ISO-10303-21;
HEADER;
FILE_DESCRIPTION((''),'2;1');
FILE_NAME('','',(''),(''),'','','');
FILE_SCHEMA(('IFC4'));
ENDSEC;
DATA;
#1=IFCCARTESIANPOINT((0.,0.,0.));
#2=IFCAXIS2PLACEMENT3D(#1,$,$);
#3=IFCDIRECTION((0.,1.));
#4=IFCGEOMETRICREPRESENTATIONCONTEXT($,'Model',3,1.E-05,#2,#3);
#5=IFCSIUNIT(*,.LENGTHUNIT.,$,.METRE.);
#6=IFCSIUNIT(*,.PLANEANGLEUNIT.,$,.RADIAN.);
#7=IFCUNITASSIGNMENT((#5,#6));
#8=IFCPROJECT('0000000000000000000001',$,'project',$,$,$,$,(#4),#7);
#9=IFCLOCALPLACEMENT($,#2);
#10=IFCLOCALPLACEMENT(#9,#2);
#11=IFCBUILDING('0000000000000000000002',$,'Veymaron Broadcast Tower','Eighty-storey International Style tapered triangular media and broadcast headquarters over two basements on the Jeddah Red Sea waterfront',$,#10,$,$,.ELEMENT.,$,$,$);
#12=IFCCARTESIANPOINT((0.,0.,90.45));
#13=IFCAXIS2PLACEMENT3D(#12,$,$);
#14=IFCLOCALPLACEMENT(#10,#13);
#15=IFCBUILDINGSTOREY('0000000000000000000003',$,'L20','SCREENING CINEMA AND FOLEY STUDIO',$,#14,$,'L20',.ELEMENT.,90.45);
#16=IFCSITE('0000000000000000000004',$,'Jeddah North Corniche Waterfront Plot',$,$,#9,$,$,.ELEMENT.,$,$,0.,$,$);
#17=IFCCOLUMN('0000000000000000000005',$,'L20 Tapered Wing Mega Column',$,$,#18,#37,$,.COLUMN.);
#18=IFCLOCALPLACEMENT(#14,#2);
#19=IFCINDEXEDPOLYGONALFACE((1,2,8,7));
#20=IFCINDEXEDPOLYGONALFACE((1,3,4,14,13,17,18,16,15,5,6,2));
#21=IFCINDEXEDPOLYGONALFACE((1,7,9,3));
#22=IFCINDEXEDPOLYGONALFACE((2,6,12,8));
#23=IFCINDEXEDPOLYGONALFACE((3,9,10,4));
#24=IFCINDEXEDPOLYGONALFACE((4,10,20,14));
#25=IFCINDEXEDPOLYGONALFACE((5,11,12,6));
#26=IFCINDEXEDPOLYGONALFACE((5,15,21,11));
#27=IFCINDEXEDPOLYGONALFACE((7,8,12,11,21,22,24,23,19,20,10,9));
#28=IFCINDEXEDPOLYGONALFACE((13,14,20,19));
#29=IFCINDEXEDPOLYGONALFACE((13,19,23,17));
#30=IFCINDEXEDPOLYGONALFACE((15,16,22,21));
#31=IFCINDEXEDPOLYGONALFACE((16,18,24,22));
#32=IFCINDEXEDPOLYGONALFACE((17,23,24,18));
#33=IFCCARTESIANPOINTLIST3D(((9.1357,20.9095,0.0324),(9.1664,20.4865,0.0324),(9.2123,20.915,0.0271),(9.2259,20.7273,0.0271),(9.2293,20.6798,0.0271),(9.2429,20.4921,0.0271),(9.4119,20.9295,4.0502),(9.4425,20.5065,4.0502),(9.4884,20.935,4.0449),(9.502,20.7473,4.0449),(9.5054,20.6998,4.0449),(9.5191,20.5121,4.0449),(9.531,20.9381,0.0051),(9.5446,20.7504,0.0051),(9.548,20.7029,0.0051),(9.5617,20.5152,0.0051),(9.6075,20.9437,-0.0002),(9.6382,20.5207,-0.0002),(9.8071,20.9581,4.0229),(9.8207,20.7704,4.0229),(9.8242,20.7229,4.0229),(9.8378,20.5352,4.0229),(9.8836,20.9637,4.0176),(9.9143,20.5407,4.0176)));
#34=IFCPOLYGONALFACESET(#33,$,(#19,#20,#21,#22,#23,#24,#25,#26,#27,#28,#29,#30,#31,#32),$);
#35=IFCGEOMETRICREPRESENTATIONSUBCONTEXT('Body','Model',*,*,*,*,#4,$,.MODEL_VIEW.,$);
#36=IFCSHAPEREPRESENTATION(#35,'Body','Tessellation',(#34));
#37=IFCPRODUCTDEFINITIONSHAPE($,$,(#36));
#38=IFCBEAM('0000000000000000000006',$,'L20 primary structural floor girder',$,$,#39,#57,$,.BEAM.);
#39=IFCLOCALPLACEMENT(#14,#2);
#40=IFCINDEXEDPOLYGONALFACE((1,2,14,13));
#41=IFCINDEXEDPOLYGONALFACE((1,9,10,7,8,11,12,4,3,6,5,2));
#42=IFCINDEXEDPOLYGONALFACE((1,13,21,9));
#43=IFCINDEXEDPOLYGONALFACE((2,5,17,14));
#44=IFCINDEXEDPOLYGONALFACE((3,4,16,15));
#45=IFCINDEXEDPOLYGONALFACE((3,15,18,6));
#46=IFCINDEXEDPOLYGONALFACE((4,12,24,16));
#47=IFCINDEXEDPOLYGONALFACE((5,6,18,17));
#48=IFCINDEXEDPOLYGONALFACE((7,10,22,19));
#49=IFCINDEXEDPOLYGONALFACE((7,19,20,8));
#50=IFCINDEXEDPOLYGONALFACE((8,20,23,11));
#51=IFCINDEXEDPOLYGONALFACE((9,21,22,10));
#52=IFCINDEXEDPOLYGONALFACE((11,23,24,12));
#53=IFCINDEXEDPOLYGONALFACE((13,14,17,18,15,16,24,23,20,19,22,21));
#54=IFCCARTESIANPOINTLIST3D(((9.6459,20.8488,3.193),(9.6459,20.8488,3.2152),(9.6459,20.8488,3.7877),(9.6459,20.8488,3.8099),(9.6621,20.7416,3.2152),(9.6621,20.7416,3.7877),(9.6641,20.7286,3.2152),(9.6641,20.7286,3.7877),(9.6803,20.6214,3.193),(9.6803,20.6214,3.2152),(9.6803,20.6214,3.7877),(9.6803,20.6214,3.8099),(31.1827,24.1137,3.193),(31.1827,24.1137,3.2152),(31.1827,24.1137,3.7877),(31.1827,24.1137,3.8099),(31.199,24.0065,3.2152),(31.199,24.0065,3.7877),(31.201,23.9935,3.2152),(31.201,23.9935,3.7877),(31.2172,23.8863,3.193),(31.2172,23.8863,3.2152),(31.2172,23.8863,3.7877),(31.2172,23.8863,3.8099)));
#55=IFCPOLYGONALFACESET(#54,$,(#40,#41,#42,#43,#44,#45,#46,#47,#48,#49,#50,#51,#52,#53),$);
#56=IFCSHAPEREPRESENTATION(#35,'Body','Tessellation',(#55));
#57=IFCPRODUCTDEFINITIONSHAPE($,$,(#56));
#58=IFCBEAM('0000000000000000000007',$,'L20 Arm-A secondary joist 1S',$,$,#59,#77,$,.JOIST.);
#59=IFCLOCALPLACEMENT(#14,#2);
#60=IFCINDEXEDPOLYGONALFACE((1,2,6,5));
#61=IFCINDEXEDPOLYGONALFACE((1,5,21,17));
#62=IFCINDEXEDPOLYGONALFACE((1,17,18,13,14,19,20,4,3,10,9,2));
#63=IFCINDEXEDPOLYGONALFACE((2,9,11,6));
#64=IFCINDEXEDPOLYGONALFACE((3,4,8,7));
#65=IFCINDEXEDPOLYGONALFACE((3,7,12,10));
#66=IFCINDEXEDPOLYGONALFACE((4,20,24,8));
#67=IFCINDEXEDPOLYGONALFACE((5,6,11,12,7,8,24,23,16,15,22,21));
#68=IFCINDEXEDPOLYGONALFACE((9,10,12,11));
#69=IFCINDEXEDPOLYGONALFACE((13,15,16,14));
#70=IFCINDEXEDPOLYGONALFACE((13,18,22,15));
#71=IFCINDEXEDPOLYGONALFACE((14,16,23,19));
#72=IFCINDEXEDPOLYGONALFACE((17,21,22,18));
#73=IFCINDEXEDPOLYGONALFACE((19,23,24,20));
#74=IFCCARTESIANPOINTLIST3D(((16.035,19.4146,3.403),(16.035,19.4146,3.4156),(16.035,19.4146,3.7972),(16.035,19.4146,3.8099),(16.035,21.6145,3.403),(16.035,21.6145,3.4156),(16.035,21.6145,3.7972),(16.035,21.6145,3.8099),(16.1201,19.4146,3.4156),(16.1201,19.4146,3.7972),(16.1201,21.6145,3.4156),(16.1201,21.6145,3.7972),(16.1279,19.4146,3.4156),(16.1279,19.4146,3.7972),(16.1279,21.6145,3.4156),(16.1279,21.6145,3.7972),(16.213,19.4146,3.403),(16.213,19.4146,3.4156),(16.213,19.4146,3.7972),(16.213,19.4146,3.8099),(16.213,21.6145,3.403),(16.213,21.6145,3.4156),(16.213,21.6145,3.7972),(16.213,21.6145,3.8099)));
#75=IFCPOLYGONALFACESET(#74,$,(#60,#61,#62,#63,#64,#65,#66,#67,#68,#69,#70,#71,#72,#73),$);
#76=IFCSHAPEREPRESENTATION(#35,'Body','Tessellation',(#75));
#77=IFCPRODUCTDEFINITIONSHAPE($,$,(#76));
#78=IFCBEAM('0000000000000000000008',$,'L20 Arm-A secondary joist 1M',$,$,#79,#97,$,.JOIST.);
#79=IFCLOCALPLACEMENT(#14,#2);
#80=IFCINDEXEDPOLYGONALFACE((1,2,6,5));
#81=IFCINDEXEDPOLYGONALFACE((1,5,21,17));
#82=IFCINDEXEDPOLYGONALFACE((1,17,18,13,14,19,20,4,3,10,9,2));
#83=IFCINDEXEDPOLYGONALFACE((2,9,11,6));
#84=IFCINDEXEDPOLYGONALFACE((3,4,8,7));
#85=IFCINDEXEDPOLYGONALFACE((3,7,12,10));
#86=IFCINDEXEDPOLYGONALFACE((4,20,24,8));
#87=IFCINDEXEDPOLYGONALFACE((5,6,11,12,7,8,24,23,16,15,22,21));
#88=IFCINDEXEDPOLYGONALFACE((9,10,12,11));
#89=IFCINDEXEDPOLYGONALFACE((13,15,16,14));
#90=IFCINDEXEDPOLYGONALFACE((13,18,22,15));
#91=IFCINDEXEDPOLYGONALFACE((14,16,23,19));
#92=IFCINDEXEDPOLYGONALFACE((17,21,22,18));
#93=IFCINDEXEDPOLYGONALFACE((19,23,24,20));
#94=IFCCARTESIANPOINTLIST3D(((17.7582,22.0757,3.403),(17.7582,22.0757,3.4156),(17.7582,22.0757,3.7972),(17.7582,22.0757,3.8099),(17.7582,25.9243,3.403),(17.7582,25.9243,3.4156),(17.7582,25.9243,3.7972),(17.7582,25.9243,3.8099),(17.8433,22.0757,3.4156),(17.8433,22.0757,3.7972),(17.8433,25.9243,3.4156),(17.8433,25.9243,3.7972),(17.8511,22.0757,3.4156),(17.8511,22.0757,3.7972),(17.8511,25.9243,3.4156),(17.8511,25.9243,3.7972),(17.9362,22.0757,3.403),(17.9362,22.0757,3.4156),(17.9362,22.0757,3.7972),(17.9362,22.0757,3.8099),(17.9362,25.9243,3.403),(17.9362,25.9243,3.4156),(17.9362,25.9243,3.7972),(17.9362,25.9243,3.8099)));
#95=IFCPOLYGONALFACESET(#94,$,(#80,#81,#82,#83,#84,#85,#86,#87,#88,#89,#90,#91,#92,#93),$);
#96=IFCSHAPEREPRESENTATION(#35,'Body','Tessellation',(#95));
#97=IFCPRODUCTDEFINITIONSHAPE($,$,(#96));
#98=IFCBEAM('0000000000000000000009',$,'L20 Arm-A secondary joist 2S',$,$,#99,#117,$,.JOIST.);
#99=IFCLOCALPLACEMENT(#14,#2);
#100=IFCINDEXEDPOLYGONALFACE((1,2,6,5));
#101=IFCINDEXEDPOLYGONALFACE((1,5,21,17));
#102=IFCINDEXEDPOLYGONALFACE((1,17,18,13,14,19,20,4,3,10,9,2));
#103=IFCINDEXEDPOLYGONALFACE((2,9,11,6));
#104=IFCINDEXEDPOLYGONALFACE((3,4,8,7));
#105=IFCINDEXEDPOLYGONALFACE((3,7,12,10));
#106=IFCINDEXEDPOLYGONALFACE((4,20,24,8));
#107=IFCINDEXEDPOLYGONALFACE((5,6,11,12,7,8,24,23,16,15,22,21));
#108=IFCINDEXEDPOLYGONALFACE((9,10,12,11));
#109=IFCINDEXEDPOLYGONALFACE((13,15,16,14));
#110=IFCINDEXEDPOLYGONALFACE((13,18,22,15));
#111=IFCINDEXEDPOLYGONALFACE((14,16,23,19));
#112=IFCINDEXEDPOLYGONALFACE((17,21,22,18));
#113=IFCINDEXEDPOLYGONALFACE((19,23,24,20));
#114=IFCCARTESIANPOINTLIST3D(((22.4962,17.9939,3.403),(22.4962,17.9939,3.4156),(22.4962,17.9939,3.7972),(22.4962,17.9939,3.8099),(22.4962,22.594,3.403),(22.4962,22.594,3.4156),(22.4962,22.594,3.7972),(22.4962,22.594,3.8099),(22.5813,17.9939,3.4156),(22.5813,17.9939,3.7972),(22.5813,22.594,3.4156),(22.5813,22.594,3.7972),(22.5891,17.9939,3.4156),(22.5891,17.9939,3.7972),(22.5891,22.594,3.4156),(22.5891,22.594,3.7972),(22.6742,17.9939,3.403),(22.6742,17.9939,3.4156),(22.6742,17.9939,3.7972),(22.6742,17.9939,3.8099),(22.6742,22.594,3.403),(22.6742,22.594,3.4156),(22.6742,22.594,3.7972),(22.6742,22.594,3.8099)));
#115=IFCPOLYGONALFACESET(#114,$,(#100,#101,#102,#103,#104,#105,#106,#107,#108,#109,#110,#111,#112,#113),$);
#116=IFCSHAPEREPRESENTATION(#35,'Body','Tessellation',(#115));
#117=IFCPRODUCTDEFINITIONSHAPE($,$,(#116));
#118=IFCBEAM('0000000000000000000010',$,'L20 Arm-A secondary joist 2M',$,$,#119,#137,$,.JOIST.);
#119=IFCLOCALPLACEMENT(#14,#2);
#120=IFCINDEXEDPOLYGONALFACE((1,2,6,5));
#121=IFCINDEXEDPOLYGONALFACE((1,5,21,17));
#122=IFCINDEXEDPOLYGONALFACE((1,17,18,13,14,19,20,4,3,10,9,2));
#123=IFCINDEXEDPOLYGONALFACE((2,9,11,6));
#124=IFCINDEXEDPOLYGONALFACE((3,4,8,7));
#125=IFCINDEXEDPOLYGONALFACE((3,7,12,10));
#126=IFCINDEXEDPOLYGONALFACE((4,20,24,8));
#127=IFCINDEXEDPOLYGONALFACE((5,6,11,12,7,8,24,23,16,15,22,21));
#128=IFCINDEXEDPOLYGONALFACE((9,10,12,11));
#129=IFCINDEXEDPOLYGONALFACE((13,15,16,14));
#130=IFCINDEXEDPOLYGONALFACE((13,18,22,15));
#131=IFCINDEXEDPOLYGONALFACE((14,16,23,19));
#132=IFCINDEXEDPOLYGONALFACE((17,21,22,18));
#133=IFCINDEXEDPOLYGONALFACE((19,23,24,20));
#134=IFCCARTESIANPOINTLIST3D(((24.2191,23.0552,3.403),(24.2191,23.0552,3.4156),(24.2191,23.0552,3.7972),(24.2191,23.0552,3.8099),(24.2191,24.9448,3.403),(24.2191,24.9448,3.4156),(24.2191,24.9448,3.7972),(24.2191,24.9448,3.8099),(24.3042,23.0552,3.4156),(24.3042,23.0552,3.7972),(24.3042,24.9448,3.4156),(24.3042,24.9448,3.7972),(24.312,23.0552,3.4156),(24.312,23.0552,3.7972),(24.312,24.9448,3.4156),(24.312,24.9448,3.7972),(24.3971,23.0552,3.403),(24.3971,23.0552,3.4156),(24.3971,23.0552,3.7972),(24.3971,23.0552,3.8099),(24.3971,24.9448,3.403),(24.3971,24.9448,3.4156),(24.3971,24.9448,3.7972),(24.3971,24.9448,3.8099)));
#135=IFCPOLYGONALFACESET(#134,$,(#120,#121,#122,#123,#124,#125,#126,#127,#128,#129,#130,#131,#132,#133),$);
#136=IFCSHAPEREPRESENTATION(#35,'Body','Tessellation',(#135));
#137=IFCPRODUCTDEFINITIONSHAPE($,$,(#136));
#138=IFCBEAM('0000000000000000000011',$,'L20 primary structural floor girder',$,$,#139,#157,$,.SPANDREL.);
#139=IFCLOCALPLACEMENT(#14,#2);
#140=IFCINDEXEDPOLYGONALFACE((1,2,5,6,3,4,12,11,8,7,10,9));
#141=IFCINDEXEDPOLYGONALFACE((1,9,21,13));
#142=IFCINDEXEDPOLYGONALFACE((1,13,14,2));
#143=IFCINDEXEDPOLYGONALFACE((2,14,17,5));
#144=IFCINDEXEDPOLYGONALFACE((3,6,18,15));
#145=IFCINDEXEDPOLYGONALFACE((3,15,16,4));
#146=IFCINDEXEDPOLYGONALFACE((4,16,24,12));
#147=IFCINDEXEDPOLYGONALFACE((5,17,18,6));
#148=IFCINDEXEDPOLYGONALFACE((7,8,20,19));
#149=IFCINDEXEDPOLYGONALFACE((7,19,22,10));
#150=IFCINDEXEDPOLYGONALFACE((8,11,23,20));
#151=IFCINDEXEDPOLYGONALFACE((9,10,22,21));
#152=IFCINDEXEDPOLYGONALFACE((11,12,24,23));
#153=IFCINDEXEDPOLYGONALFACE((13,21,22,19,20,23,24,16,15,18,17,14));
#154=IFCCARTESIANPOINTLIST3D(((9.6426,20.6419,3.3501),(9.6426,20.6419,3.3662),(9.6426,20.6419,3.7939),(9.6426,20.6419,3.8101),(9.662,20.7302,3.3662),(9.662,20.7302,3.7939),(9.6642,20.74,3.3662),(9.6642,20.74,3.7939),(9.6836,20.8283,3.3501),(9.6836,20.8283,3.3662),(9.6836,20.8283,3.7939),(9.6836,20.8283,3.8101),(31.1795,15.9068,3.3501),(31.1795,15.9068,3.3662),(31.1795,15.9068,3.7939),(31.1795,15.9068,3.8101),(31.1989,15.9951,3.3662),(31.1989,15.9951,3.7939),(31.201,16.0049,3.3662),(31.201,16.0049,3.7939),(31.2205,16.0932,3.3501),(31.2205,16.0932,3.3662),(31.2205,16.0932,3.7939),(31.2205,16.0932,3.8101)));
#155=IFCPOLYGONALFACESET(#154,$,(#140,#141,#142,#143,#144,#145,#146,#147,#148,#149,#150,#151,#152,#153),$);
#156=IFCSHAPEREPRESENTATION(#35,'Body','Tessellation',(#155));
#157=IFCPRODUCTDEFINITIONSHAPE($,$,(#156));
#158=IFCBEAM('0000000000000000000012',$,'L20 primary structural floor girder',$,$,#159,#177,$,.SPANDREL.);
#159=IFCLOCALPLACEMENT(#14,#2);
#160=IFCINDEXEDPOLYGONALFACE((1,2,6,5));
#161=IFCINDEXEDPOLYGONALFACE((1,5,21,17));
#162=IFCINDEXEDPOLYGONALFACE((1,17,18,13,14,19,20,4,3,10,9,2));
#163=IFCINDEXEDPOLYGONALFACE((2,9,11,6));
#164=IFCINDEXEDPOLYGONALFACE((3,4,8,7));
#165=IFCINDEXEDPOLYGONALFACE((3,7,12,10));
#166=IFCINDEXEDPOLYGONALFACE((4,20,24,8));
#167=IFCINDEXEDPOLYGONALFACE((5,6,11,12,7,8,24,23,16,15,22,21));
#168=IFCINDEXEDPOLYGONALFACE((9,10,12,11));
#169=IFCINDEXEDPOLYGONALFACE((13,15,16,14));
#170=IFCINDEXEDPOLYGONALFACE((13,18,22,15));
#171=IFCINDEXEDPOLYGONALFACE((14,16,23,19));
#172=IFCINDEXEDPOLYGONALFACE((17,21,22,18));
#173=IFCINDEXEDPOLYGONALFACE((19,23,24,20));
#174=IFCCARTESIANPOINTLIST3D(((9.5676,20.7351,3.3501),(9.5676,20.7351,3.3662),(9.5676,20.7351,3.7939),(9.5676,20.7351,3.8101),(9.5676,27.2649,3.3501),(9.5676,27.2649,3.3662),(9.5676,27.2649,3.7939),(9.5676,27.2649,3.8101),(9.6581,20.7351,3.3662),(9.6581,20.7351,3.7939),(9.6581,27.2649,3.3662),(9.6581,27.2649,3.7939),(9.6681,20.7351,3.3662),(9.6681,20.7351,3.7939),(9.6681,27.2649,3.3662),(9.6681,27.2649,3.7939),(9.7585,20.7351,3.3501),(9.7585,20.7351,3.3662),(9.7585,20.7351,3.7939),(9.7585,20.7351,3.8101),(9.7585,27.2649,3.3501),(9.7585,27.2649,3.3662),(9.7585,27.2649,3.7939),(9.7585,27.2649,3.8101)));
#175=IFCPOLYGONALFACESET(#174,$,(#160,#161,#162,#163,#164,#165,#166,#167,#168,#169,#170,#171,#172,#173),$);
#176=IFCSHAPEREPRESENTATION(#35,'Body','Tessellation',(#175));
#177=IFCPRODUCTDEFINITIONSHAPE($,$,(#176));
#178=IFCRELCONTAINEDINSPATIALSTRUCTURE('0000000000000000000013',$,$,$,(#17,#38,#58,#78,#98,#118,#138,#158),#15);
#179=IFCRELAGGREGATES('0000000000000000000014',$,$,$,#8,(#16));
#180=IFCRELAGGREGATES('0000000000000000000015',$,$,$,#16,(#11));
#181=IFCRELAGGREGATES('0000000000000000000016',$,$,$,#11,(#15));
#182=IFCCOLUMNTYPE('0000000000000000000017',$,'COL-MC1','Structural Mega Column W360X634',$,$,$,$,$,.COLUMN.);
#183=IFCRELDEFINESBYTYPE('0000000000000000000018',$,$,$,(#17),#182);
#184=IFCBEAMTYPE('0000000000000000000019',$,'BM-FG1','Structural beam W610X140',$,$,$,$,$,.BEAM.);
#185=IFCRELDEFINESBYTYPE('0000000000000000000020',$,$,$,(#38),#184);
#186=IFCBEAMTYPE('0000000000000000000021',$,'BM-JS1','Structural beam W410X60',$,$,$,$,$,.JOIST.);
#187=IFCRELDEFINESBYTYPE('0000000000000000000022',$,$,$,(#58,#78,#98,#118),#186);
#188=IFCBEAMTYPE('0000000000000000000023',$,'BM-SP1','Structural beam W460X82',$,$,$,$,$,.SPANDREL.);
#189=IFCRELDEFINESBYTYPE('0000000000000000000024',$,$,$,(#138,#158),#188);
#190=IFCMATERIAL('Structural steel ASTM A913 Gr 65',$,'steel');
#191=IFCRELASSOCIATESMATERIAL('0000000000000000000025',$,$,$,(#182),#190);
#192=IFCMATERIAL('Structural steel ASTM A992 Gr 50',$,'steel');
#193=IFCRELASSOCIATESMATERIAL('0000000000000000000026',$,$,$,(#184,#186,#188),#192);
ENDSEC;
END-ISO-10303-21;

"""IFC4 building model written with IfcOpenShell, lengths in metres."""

from ifc_helpers import new_model, si_unit, direction, frame, origin, origin_2d, place, context, subcontext, project, spatial, i_section, extrude, material, material_profile, profile_set, type_object, element, save


model = new_model("IFC4")

# Units and contexts
model_context = context("Model", 3, precision=1e-05, world=origin(), true_north=direction((0.0, 1.0)))
body_context = subcontext(model_context, "Body", "Model", "MODEL_VIEW")
ifc_project = project(units=[si_unit("LENGTHUNIT", "METRE"), si_unit("PLANEANGLEUNIT", "RADIAN")], contexts=[model_context])

# Site, building, storey
site_placement = place(None, origin())
site = spatial("IfcSite", under=ifc_project, at=site_placement, Name="Jeddah North Corniche Waterfront Plot", CompositionType="ELEMENT", RefElevation=0.0)
building_placement = place(site_placement, origin())
building = spatial("IfcBuilding", under=site, at=building_placement, Name="Veymaron Broadcast Tower", Description="Eighty-storey International Style tapered triangular media and broadcast headquarters over two basements on the Jeddah Red Sea waterfront", CompositionType="ELEMENT")
storey_placement = place(building_placement, frame((0.0, 0.0, 90.45)))
storey = spatial("IfcBuildingStorey", under=building, at=storey_placement, Name="L20", Description="SCREENING CINEMA AND FOLEY STUDIO", LongName="L20", CompositionType="ELEMENT", Elevation=90.45)

# Column
ifc_material_1 = material(Name="Structural steel ASTM A913 Gr 65", Category="steel")
ifc_material_profile_1 = material_profile(ifc_material_1, i_section(OverallWidth=0.4241, OverallDepth=0.4741, WebThickness=0.0476, FlangeThickness=0.0769, at=origin_2d()), Name="W360X634")
ifc_profile_set_1 = profile_set([ifc_material_profile_1], Name="Structural steel ASTM A913 Gr 65")
column_type = type_object("IfcColumnType", Name="COL-MC1", Description="Structural Mega Column W360X634", PredefinedType="COLUMN", material=ifc_profile_set_1)
column_placement = place(storey_placement, frame((9.387, 20.7151, 0.0161), z_axis=(0.068562, 0.004971, 0.997634), x_axis=(-0.072312, 0.997382, 0.0)))
element("IfcColumn", 1, at=column_placement, inside=storey, type_object=column_type, Name="L20 Tapered Wing Mega Column", PredefinedType="COLUMN", context=body_context, shape_type="SweptSolid", body=[
    extrude(i_section(OverallWidth=0.4241, OverallDepth=0.4741, WebThickness=0.0476, FlangeThickness=0.0769, at=origin_2d()), origin(), (0.0, 0.0, 1.0), 4.0273),
])

# Beams
ifc_material_2 = material(Name="Structural steel ASTM A992 Gr 50", Category="steel")
ifc_material_profile_2 = material_profile(ifc_material_2, i_section(OverallWidth=0.23, OverallDepth=0.6169, WebThickness=0.0132, FlangeThickness=0.0222, at=origin_2d()), Name="W610X140")
ifc_profile_set_2 = profile_set([ifc_material_profile_2], Name="Structural steel ASTM A992 Gr 50")
beam_type_1 = type_object("IfcBeamType", Name="BM-FG1", Description="Structural beam W610X140", PredefinedType="BEAM", material=ifc_profile_set_2)
beam_1_placement = place(storey_placement, frame((9.6631, 20.7351, 3.5015), z_axis=(0.988704, 0.149883, 0.0), x_axis=(-0.149883, 0.988704, 0.0)))
element("IfcBeam", 2, at=beam_1_placement, inside=storey, type_object=beam_type_1, Name="L20 primary structural floor girder", PredefinedType="BEAM", context=body_context, shape_type="SweptSolid", body=[
    extrude(i_section(OverallWidth=0.23, OverallDepth=0.6169, WebThickness=0.0132, FlangeThickness=0.0222, at=origin_2d()), origin(), (0.0, 0.0, 1.0), 21.783),
])
ifc_material_profile_3 = material_profile(ifc_material_2, i_section(OverallWidth=0.178, OverallDepth=0.407, WebThickness=0.0078, FlangeThickness=0.0127, at=origin_2d()), Name="W410X60")
ifc_profile_set_3 = profile_set([ifc_material_profile_3], Name="Structural steel ASTM A992 Gr 50")
beam_type_2 = type_object("IfcBeamType", Name="BM-JS1", Description="Structural beam W410X60", PredefinedType="JOIST", material=ifc_profile_set_3)
beam_2_placement = place(storey_placement, frame((16.124, 19.4146, 3.6064), z_axis=(0.0, 1.0, 0.0), x_axis=(-1.0, 0.0, 0.0)))
element("IfcBeam", 3, at=beam_2_placement, inside=storey, type_object=beam_type_2, Name="L20 Arm-A secondary joist 1S", PredefinedType="JOIST", context=body_context, shape_type="SweptSolid", body=[
    extrude(i_section(OverallWidth=0.178, OverallDepth=0.407, WebThickness=0.0078, FlangeThickness=0.0127, at=origin_2d()), origin(), (0.0, 0.0, 1.0), 2.2),
])
beam_3_placement = place(storey_placement, frame((17.8472, 22.0757, 3.6064), z_axis=(0.0, 1.0, 0.0), x_axis=(-1.0, 0.0, 0.0)))
element("IfcBeam", 4, at=beam_3_placement, inside=storey, type_object=beam_type_2, Name="L20 Arm-A secondary joist 1M", PredefinedType="JOIST", context=body_context, shape_type="SweptSolid", body=[
    extrude(i_section(OverallWidth=0.178, OverallDepth=0.407, WebThickness=0.0078, FlangeThickness=0.0127, at=origin_2d()), origin(), (0.0, 0.0, 1.0), 3.8486),
])
beam_4_placement = place(storey_placement, frame((22.5852, 17.9939, 3.6064), z_axis=(0.0, 1.0, 0.0), x_axis=(-1.0, 0.0, 0.0)))
element("IfcBeam", 5, at=beam_4_placement, inside=storey, type_object=beam_type_2, Name="L20 Arm-A secondary joist 2S", PredefinedType="JOIST", context=body_context, shape_type="SweptSolid", body=[
    extrude(i_section(OverallWidth=0.178, OverallDepth=0.407, WebThickness=0.0078, FlangeThickness=0.0127, at=origin_2d()), origin(), (0.0, 0.0, 1.0), 4.6001),
])
beam_5_placement = place(storey_placement, frame((24.3081, 23.0552, 3.6064), z_axis=(0.0, 1.0, 0.0), x_axis=(-1.0, 0.0, 0.0)))
element("IfcBeam", 6, at=beam_5_placement, inside=storey, type_object=beam_type_2, Name="L20 Arm-A secondary joist 2M", PredefinedType="JOIST", context=body_context, shape_type="SweptSolid", body=[
    extrude(i_section(OverallWidth=0.178, OverallDepth=0.407, WebThickness=0.0078, FlangeThickness=0.0127, at=origin_2d()), origin(), (0.0, 0.0, 1.0), 1.8896),
])
ifc_material_profile_4 = material_profile(ifc_material_2, i_section(OverallWidth=0.1909, OverallDepth=0.46, WebThickness=0.01, FlangeThickness=0.0161, at=origin_2d()), Name="W460X82")
ifc_profile_set_4 = profile_set([ifc_material_profile_4], Name="Structural steel ASTM A992 Gr 50")
beam_type_3 = type_object("IfcBeamType", Name="BM-SP1", Description="Structural beam W460X82", PredefinedType="SPANDREL", material=ifc_profile_set_4)
beam_6_placement = place(storey_placement, frame((9.6631, 20.7351, 3.5801), z_axis=(0.976673, -0.214732, 0.0), x_axis=(0.214732, 0.976673, 0.0)))
element("IfcBeam", 7, at=beam_6_placement, inside=storey, type_object=beam_type_3, Name="L20 primary structural floor girder", PredefinedType="SPANDREL", context=body_context, shape_type="SweptSolid", body=[
    extrude(i_section(OverallWidth=0.1909, OverallDepth=0.46, WebThickness=0.01, FlangeThickness=0.0161, at=origin_2d()), origin(), (0.0, 0.0, 1.0), 22.0513),
])
beam_7_placement = place(storey_placement, frame((9.6631, 20.7351, 3.5801), z_axis=(0.0, 1.0, 0.0), x_axis=(-1.0, 0.0, 0.0)))
element("IfcBeam", 8, at=beam_7_placement, inside=storey, type_object=beam_type_3, Name="L20 primary structural floor girder", PredefinedType="SPANDREL", context=body_context, shape_type="SweptSolid", body=[
    extrude(i_section(OverallWidth=0.1909, OverallDepth=0.46, WebThickness=0.01, FlangeThickness=0.0161, at=origin_2d()), origin(), (0.0, 0.0, 1.0), 6.5298),
])

save(model, "model.ifc")
